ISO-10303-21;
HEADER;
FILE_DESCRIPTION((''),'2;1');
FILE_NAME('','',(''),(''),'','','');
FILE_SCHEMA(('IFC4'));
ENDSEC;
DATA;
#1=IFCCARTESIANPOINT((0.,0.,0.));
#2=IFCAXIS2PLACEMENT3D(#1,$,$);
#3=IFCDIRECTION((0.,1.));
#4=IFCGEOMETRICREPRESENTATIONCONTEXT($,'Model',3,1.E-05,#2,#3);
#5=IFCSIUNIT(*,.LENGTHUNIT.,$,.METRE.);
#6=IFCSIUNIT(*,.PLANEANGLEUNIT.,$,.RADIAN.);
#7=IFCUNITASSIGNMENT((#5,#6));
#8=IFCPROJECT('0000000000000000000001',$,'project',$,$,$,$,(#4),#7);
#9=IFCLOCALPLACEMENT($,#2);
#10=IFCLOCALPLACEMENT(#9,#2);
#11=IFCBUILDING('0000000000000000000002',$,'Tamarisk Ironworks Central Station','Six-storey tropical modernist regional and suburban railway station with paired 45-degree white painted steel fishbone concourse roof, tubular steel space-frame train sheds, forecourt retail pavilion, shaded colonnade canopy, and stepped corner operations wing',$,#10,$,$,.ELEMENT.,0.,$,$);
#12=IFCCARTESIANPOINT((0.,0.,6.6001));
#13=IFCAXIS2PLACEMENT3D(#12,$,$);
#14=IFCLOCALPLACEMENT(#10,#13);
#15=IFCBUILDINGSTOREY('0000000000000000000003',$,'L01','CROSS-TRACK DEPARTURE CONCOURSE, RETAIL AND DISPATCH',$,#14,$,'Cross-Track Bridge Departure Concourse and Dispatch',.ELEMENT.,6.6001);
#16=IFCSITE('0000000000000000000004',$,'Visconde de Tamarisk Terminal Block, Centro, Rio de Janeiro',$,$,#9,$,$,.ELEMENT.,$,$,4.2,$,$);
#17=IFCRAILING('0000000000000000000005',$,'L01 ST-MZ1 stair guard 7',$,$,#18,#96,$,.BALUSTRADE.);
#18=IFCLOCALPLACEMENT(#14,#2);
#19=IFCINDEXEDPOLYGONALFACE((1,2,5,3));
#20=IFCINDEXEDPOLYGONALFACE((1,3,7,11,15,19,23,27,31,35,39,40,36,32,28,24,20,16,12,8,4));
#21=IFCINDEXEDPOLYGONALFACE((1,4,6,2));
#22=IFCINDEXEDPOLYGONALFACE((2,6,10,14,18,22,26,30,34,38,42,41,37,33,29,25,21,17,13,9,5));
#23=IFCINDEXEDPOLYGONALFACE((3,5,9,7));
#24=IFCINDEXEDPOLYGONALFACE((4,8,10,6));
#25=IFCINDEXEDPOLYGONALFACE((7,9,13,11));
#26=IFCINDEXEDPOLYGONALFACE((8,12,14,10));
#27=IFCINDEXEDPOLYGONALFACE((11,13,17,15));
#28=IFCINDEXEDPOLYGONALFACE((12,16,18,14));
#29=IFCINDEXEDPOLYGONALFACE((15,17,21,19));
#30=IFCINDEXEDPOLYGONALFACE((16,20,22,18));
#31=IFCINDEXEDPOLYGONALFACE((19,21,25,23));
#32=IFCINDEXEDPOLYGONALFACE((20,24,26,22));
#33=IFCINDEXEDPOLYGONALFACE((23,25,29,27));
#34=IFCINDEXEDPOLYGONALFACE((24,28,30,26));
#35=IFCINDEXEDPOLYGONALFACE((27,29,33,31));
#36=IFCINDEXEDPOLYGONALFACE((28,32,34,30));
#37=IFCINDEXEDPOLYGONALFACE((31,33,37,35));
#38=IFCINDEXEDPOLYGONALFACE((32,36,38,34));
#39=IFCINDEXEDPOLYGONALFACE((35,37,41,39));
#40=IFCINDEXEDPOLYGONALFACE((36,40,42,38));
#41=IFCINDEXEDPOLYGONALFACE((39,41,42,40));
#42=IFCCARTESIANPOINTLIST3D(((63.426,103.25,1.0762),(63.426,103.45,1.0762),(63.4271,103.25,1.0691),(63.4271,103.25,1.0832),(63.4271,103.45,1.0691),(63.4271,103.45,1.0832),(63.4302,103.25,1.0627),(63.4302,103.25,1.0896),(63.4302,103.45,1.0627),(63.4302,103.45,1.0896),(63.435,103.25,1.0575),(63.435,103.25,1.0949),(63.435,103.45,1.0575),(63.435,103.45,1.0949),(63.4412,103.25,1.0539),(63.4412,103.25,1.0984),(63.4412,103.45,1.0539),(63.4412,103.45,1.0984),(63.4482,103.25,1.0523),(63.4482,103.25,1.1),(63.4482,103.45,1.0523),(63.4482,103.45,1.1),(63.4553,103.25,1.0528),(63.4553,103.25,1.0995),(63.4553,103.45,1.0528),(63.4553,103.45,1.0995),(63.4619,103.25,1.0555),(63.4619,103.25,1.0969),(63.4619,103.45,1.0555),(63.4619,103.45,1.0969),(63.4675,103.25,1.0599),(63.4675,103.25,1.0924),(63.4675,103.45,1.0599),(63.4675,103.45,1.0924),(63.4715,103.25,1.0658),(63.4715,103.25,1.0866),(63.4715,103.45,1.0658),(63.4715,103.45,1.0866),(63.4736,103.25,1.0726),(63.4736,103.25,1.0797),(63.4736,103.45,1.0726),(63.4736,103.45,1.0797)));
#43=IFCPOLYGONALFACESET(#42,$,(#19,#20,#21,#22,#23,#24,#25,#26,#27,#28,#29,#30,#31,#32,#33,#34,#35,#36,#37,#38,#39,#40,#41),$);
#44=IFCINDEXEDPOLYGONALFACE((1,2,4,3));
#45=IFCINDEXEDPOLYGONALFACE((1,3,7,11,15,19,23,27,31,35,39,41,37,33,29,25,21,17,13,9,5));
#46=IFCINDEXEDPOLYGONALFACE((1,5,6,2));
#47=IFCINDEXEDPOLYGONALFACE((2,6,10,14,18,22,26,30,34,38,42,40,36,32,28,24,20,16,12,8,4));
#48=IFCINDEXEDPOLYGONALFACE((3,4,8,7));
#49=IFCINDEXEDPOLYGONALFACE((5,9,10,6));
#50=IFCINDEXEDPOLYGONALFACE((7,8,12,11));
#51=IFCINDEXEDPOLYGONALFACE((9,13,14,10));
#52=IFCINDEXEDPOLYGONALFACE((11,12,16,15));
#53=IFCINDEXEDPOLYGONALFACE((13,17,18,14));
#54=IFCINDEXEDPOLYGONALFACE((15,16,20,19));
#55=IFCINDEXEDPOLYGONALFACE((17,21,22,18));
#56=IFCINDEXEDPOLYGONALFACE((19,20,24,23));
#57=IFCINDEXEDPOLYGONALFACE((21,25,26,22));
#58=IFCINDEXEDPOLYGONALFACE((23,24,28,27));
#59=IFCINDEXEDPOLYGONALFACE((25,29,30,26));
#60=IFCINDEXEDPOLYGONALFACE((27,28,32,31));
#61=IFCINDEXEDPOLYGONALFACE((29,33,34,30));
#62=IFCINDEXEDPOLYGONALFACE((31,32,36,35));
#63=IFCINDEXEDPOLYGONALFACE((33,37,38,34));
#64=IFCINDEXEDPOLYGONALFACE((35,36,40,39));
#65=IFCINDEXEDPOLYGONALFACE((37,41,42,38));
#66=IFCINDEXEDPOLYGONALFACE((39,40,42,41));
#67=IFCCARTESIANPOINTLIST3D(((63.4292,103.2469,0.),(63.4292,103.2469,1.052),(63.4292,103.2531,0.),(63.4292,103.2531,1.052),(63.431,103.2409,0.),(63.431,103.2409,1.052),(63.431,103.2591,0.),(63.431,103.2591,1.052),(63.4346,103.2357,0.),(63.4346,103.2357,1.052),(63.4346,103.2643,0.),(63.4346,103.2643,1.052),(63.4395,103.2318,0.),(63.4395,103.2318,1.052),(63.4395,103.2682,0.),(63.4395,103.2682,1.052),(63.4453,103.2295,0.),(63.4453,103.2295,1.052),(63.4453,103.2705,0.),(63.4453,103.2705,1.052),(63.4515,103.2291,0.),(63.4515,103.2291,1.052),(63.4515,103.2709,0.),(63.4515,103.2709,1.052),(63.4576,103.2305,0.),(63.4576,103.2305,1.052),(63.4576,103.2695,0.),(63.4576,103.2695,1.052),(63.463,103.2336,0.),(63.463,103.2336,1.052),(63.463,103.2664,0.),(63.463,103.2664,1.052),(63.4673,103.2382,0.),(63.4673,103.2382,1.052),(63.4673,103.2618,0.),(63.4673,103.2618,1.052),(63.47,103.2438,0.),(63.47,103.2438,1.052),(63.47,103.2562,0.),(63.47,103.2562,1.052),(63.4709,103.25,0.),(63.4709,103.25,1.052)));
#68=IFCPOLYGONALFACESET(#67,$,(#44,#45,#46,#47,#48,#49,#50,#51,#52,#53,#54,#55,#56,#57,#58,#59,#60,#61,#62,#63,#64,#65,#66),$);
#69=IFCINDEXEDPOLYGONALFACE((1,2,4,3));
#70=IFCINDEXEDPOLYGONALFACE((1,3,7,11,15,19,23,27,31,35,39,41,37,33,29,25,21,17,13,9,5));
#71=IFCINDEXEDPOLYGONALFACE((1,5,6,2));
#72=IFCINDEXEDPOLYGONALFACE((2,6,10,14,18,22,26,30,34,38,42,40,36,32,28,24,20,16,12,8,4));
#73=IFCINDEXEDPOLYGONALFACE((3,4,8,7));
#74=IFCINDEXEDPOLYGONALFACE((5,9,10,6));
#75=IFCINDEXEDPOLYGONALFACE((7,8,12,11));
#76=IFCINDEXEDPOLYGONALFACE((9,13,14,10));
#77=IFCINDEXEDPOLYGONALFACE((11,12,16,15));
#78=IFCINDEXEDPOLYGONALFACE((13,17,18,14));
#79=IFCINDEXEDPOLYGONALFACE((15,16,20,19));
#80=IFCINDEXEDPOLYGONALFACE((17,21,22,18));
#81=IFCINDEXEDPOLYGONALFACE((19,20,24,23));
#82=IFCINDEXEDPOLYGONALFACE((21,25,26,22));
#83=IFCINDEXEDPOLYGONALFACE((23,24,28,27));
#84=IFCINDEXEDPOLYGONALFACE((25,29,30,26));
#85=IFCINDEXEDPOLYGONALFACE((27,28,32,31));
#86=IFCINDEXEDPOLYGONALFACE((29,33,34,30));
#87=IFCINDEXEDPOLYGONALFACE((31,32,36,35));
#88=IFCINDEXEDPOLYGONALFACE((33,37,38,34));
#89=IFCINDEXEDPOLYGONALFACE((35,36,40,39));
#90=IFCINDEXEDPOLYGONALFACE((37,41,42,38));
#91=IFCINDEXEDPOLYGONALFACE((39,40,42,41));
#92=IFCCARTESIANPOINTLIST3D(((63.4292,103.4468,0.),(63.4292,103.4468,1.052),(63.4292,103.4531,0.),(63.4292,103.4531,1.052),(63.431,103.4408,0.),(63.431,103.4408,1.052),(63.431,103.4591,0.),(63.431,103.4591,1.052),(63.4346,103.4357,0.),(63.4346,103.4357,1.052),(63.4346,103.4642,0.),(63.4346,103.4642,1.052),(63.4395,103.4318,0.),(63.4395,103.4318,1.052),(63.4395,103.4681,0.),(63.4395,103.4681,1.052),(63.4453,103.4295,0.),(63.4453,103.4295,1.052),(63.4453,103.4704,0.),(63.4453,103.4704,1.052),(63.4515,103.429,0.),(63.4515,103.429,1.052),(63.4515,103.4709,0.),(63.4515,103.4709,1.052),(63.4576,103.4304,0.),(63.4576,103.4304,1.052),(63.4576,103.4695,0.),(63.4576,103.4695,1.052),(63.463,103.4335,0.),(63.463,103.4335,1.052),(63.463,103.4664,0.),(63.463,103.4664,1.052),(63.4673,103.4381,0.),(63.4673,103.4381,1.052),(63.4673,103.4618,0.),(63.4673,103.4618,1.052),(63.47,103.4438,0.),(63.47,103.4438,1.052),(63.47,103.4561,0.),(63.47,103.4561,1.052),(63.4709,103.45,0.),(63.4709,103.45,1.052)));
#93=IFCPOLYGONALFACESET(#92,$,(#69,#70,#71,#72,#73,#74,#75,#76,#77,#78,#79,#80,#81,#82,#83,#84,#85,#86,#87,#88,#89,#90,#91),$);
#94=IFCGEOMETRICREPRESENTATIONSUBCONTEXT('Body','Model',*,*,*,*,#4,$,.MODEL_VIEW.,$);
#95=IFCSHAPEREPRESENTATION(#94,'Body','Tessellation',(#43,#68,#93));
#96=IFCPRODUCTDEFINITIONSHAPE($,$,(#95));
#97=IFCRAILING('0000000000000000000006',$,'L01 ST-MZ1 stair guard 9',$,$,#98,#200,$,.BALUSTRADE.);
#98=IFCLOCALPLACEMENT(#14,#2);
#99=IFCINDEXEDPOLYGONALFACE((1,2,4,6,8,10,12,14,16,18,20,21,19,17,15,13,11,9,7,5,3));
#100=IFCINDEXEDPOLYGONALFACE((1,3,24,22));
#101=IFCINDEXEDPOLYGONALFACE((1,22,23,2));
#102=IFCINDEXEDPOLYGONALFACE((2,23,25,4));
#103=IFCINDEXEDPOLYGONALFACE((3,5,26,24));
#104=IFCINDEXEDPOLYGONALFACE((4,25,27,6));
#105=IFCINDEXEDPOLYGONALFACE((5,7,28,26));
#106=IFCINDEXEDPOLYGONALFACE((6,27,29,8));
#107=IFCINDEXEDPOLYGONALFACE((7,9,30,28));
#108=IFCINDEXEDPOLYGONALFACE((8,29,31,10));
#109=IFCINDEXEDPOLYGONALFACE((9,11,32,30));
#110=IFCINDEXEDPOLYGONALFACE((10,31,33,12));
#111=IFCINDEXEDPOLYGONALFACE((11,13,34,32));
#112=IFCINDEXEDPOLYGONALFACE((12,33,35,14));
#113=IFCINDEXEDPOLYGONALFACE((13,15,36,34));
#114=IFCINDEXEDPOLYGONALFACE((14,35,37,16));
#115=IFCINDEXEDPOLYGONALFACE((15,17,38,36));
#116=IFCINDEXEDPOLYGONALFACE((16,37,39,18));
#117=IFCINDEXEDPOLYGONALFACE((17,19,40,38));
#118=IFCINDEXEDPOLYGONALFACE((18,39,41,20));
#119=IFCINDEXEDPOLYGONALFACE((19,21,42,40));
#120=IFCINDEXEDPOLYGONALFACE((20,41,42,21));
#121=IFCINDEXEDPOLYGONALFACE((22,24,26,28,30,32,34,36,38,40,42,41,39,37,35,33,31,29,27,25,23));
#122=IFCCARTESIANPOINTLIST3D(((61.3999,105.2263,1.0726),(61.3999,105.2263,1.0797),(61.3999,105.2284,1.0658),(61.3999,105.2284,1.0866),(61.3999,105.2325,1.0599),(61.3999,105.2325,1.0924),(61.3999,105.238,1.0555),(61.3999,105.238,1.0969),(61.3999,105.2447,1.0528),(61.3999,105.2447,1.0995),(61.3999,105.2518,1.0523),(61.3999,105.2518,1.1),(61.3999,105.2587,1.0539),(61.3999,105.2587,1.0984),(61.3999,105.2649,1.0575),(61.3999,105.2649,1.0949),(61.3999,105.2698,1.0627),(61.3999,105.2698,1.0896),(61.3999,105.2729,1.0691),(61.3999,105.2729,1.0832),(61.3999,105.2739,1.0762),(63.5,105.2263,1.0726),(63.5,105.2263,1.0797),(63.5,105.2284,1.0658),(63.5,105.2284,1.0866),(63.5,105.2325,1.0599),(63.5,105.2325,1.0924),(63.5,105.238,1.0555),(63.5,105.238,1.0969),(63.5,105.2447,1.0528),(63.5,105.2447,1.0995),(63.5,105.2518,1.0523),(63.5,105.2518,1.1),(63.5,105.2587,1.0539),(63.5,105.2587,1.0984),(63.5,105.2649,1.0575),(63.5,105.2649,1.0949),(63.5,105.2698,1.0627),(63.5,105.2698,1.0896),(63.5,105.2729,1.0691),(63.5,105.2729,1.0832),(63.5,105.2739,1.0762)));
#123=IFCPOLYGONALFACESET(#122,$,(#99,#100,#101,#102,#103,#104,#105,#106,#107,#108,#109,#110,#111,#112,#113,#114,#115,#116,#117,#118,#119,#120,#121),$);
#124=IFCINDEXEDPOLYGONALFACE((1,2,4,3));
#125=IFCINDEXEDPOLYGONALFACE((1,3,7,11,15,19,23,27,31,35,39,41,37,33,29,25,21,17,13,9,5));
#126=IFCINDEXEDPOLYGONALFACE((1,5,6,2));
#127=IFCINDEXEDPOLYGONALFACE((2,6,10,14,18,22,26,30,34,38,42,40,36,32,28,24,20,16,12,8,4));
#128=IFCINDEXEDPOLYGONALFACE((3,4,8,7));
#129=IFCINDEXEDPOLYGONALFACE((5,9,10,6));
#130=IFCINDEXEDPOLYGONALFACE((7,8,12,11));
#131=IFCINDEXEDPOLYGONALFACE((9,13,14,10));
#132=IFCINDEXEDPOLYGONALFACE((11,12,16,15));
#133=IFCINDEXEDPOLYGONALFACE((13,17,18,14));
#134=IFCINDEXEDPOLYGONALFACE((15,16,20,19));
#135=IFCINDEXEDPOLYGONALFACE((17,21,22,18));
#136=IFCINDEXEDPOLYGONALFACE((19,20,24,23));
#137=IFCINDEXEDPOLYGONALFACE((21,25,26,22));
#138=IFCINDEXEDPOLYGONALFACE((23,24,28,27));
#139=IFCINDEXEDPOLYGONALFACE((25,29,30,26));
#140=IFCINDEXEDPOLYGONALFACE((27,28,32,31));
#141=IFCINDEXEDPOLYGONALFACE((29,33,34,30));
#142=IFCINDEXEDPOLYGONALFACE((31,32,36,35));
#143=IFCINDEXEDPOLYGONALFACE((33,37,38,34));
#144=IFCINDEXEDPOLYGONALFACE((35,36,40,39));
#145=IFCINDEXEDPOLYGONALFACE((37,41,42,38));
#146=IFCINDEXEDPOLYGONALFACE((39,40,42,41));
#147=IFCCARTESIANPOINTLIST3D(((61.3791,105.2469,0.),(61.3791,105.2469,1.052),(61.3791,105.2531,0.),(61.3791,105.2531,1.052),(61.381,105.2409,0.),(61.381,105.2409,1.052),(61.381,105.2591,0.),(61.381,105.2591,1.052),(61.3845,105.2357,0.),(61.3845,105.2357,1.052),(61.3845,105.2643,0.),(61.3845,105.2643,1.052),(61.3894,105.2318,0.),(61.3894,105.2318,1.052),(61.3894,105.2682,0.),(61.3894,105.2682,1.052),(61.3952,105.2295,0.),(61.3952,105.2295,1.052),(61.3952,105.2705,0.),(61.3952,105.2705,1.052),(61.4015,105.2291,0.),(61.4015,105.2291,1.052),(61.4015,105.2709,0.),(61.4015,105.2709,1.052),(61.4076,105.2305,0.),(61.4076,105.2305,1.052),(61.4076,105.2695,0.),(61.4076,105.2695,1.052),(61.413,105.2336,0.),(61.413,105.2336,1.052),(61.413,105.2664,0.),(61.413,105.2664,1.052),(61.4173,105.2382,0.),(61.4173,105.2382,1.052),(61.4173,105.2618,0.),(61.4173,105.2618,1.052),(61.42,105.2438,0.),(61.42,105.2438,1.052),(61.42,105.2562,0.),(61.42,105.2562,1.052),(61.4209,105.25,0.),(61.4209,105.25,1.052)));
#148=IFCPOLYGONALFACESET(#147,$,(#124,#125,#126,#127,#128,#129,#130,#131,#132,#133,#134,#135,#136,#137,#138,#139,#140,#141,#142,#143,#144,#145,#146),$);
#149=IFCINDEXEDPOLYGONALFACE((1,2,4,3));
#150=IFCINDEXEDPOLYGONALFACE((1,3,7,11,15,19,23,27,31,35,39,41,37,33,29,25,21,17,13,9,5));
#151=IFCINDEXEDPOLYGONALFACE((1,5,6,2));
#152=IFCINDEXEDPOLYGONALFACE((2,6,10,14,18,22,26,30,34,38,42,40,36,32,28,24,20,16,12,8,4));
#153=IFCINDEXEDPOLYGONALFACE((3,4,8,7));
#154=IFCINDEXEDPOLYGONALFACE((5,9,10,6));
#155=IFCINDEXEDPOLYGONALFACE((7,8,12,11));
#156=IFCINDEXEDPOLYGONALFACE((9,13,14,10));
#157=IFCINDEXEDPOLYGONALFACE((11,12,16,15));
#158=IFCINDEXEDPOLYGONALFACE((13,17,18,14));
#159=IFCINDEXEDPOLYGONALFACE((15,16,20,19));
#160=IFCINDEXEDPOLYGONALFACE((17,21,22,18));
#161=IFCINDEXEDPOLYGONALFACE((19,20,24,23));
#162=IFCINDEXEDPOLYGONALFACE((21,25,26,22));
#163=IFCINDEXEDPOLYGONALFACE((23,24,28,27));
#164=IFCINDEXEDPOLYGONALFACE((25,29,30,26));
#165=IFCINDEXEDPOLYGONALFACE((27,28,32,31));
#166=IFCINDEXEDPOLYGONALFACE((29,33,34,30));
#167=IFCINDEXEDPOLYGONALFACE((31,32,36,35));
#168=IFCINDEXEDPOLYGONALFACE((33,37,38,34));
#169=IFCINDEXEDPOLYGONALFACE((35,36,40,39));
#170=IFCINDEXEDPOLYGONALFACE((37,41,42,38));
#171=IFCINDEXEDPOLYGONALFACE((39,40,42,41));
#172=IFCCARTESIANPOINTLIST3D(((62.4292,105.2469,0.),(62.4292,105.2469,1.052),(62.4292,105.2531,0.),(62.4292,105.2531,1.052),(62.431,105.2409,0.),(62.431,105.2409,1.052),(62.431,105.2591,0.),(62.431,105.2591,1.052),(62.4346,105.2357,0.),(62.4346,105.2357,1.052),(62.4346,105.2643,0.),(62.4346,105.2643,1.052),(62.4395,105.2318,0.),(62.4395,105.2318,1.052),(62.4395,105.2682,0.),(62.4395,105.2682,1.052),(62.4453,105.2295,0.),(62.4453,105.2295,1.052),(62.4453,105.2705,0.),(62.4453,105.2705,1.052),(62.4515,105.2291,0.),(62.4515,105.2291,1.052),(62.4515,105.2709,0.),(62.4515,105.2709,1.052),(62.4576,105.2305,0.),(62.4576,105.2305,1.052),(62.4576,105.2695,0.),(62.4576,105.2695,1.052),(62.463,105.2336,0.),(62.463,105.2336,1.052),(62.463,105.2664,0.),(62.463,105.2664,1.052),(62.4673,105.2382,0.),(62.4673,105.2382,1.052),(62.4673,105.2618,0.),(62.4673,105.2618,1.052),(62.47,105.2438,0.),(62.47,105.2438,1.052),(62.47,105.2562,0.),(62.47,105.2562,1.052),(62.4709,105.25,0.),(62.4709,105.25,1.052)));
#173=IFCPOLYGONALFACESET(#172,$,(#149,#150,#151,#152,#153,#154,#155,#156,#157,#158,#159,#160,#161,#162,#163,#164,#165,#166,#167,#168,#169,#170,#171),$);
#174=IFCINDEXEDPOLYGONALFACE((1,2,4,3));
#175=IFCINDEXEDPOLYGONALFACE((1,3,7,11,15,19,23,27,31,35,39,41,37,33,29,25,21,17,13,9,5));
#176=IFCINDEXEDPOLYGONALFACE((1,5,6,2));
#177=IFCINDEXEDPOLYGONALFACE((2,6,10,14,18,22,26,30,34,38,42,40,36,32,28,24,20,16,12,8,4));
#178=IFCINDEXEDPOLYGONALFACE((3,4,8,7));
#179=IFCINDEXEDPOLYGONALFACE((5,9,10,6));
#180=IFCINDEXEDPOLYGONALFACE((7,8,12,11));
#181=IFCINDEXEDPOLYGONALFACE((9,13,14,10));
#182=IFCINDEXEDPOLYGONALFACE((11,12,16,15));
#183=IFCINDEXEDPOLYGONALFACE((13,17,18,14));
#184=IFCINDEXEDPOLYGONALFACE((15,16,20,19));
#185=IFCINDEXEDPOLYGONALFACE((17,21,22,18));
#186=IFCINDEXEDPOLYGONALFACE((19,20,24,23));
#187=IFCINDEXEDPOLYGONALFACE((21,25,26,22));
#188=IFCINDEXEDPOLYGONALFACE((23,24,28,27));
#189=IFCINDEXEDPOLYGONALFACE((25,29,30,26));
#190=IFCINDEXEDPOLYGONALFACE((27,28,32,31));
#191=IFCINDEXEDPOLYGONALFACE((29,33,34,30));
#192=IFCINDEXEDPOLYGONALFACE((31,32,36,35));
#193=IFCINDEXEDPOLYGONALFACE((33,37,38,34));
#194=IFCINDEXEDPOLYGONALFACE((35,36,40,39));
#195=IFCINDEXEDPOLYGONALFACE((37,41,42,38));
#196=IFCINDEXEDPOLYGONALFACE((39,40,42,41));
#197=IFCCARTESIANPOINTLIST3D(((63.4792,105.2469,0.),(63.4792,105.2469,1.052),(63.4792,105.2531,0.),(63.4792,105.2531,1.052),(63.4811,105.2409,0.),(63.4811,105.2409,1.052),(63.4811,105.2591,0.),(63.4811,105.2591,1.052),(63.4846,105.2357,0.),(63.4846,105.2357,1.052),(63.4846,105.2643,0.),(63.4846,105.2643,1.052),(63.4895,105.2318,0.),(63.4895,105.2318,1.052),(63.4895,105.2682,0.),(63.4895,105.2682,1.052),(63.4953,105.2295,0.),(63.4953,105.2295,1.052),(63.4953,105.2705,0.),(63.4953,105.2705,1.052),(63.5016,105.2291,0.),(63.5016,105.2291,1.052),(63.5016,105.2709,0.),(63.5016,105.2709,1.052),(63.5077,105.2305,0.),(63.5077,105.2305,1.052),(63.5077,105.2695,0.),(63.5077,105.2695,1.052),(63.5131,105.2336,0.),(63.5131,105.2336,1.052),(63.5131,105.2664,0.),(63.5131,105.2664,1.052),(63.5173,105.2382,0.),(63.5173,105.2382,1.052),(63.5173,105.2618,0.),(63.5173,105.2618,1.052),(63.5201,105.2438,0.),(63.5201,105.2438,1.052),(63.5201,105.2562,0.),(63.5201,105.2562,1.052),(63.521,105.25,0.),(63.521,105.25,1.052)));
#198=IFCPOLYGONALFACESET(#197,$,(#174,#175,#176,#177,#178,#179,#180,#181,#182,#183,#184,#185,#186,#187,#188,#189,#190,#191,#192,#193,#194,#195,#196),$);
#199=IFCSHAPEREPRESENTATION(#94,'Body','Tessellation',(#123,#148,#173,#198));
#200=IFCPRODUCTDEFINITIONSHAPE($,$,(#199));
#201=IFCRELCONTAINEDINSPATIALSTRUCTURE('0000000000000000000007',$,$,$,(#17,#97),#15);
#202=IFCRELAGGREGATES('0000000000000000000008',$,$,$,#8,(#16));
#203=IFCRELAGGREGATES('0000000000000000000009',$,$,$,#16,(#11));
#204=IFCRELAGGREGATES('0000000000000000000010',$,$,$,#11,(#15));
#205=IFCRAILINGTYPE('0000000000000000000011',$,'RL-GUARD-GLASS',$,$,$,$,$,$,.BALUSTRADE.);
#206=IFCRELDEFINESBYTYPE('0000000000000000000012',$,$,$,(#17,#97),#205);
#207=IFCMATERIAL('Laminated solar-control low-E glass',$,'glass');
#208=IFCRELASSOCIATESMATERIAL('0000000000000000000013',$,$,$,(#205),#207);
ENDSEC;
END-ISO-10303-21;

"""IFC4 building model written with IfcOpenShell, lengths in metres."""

from ifc_helpers import new_model, si_unit, direction, frame, origin, origin_2d, place, context, subcontext, project, spatial, circle, extrude, material, type_object, element, save


model = new_model("IFC4")

# Units and contexts
model_context = context("Model", 3, precision=1e-05, world=origin(), true_north=direction((0.0, 1.0)))
body_context = subcontext(model_context, "Body", "Model", "MODEL_VIEW")
ifc_project = project(units=[si_unit("LENGTHUNIT", "METRE"), si_unit("PLANEANGLEUNIT", "RADIAN")], contexts=[model_context])

# Site, building, storey
site_placement = place(None, origin())
site = spatial("IfcSite", under=ifc_project, at=site_placement, Name="Visconde de Tamarisk Terminal Block, Centro, Rio de Janeiro", CompositionType="ELEMENT", RefElevation=4.2)
building_placement = place(site_placement, origin())
building = spatial("IfcBuilding", under=site, at=building_placement, Name="Tamarisk Ironworks Central Station", Description="Six-storey tropical modernist regional and suburban railway station with paired 45-degree white painted steel fishbone concourse roof, tubular steel space-frame train sheds, forecourt retail pavilion, shaded colonnade canopy, and stepped corner operations wing", CompositionType="ELEMENT", ElevationOfRefHeight=0.0)
storey_placement = place(building_placement, frame((0.0, 0.0, 6.6001)))
storey = spatial("IfcBuildingStorey", under=building, at=storey_placement, Name="L01", Description="CROSS-TRACK DEPARTURE CONCOURSE, RETAIL AND DISPATCH", LongName="Cross-Track Bridge Departure Concourse and Dispatch", CompositionType="ELEMENT", Elevation=6.6001)

# Shared definitions
ifc_material_1 = material(Name="Laminated solar-control low-E glass", Category="glass")

# Railings
railing_type = type_object("IfcRailingType", Name="RL-GUARD-GLASS", PredefinedType="BALUSTRADE", material=ifc_material_1)
railing_1_placement = place(storey_placement, frame((63.45, 103.25, 0.0)))
element("IfcRailing", 1, at=railing_1_placement, inside=storey, type_object=railing_type, Name="L01 ST-MZ1 stair guard 7", PredefinedType="BALUSTRADE", context=body_context, shape_type="SweptSolid", body=[
    extrude(circle(Radius=0.0239, at=origin_2d()), frame((0.0, 0.0, 1.0762), z_axis=(0.0, 1.0, 0.0), x_axis=(-1.0, 0.0, 0.0)), (0.0, 0.0, 1.0), 0.2),
    extrude(circle(Radius=0.021, at=origin_2d()), origin(), (0.0, 0.0, 1.0), 1.052),
    extrude(circle(Radius=0.021, at=origin_2d()), frame((0.0, 0.2, 0.0)), (0.0, 0.0, 1.0), 1.052),
])
railing_2_placement = place(storey_placement, frame((61.3999, 105.25, 0.0)))
element("IfcRailing", 2, at=railing_2_placement, inside=storey, type_object=railing_type, Name="L01 ST-MZ1 stair guard 9", PredefinedType="BALUSTRADE", context=body_context, shape_type="SweptSolid", body=[
    extrude(circle(Radius=0.0239, at=origin_2d()), frame((0.0, 0.0, 1.0762), z_axis=(1.0, 0.0, 0.0), x_axis=(0.0, 1.0, 0.0)), (0.0, 0.0, 1.0), 2.1001),
    extrude(circle(Radius=0.021, at=origin_2d()), origin(), (0.0, 0.0, 1.0), 1.052),
    extrude(circle(Radius=0.021, at=origin_2d()), frame((1.05, 0.0, 0.0)), (0.0, 0.0, 1.0), 1.052),
    extrude(circle(Radius=0.021, at=origin_2d()), frame((2.1001, 0.0, 0.0)), (0.0, 0.0, 1.0), 1.052),
])

save(model, "model.ifc")
